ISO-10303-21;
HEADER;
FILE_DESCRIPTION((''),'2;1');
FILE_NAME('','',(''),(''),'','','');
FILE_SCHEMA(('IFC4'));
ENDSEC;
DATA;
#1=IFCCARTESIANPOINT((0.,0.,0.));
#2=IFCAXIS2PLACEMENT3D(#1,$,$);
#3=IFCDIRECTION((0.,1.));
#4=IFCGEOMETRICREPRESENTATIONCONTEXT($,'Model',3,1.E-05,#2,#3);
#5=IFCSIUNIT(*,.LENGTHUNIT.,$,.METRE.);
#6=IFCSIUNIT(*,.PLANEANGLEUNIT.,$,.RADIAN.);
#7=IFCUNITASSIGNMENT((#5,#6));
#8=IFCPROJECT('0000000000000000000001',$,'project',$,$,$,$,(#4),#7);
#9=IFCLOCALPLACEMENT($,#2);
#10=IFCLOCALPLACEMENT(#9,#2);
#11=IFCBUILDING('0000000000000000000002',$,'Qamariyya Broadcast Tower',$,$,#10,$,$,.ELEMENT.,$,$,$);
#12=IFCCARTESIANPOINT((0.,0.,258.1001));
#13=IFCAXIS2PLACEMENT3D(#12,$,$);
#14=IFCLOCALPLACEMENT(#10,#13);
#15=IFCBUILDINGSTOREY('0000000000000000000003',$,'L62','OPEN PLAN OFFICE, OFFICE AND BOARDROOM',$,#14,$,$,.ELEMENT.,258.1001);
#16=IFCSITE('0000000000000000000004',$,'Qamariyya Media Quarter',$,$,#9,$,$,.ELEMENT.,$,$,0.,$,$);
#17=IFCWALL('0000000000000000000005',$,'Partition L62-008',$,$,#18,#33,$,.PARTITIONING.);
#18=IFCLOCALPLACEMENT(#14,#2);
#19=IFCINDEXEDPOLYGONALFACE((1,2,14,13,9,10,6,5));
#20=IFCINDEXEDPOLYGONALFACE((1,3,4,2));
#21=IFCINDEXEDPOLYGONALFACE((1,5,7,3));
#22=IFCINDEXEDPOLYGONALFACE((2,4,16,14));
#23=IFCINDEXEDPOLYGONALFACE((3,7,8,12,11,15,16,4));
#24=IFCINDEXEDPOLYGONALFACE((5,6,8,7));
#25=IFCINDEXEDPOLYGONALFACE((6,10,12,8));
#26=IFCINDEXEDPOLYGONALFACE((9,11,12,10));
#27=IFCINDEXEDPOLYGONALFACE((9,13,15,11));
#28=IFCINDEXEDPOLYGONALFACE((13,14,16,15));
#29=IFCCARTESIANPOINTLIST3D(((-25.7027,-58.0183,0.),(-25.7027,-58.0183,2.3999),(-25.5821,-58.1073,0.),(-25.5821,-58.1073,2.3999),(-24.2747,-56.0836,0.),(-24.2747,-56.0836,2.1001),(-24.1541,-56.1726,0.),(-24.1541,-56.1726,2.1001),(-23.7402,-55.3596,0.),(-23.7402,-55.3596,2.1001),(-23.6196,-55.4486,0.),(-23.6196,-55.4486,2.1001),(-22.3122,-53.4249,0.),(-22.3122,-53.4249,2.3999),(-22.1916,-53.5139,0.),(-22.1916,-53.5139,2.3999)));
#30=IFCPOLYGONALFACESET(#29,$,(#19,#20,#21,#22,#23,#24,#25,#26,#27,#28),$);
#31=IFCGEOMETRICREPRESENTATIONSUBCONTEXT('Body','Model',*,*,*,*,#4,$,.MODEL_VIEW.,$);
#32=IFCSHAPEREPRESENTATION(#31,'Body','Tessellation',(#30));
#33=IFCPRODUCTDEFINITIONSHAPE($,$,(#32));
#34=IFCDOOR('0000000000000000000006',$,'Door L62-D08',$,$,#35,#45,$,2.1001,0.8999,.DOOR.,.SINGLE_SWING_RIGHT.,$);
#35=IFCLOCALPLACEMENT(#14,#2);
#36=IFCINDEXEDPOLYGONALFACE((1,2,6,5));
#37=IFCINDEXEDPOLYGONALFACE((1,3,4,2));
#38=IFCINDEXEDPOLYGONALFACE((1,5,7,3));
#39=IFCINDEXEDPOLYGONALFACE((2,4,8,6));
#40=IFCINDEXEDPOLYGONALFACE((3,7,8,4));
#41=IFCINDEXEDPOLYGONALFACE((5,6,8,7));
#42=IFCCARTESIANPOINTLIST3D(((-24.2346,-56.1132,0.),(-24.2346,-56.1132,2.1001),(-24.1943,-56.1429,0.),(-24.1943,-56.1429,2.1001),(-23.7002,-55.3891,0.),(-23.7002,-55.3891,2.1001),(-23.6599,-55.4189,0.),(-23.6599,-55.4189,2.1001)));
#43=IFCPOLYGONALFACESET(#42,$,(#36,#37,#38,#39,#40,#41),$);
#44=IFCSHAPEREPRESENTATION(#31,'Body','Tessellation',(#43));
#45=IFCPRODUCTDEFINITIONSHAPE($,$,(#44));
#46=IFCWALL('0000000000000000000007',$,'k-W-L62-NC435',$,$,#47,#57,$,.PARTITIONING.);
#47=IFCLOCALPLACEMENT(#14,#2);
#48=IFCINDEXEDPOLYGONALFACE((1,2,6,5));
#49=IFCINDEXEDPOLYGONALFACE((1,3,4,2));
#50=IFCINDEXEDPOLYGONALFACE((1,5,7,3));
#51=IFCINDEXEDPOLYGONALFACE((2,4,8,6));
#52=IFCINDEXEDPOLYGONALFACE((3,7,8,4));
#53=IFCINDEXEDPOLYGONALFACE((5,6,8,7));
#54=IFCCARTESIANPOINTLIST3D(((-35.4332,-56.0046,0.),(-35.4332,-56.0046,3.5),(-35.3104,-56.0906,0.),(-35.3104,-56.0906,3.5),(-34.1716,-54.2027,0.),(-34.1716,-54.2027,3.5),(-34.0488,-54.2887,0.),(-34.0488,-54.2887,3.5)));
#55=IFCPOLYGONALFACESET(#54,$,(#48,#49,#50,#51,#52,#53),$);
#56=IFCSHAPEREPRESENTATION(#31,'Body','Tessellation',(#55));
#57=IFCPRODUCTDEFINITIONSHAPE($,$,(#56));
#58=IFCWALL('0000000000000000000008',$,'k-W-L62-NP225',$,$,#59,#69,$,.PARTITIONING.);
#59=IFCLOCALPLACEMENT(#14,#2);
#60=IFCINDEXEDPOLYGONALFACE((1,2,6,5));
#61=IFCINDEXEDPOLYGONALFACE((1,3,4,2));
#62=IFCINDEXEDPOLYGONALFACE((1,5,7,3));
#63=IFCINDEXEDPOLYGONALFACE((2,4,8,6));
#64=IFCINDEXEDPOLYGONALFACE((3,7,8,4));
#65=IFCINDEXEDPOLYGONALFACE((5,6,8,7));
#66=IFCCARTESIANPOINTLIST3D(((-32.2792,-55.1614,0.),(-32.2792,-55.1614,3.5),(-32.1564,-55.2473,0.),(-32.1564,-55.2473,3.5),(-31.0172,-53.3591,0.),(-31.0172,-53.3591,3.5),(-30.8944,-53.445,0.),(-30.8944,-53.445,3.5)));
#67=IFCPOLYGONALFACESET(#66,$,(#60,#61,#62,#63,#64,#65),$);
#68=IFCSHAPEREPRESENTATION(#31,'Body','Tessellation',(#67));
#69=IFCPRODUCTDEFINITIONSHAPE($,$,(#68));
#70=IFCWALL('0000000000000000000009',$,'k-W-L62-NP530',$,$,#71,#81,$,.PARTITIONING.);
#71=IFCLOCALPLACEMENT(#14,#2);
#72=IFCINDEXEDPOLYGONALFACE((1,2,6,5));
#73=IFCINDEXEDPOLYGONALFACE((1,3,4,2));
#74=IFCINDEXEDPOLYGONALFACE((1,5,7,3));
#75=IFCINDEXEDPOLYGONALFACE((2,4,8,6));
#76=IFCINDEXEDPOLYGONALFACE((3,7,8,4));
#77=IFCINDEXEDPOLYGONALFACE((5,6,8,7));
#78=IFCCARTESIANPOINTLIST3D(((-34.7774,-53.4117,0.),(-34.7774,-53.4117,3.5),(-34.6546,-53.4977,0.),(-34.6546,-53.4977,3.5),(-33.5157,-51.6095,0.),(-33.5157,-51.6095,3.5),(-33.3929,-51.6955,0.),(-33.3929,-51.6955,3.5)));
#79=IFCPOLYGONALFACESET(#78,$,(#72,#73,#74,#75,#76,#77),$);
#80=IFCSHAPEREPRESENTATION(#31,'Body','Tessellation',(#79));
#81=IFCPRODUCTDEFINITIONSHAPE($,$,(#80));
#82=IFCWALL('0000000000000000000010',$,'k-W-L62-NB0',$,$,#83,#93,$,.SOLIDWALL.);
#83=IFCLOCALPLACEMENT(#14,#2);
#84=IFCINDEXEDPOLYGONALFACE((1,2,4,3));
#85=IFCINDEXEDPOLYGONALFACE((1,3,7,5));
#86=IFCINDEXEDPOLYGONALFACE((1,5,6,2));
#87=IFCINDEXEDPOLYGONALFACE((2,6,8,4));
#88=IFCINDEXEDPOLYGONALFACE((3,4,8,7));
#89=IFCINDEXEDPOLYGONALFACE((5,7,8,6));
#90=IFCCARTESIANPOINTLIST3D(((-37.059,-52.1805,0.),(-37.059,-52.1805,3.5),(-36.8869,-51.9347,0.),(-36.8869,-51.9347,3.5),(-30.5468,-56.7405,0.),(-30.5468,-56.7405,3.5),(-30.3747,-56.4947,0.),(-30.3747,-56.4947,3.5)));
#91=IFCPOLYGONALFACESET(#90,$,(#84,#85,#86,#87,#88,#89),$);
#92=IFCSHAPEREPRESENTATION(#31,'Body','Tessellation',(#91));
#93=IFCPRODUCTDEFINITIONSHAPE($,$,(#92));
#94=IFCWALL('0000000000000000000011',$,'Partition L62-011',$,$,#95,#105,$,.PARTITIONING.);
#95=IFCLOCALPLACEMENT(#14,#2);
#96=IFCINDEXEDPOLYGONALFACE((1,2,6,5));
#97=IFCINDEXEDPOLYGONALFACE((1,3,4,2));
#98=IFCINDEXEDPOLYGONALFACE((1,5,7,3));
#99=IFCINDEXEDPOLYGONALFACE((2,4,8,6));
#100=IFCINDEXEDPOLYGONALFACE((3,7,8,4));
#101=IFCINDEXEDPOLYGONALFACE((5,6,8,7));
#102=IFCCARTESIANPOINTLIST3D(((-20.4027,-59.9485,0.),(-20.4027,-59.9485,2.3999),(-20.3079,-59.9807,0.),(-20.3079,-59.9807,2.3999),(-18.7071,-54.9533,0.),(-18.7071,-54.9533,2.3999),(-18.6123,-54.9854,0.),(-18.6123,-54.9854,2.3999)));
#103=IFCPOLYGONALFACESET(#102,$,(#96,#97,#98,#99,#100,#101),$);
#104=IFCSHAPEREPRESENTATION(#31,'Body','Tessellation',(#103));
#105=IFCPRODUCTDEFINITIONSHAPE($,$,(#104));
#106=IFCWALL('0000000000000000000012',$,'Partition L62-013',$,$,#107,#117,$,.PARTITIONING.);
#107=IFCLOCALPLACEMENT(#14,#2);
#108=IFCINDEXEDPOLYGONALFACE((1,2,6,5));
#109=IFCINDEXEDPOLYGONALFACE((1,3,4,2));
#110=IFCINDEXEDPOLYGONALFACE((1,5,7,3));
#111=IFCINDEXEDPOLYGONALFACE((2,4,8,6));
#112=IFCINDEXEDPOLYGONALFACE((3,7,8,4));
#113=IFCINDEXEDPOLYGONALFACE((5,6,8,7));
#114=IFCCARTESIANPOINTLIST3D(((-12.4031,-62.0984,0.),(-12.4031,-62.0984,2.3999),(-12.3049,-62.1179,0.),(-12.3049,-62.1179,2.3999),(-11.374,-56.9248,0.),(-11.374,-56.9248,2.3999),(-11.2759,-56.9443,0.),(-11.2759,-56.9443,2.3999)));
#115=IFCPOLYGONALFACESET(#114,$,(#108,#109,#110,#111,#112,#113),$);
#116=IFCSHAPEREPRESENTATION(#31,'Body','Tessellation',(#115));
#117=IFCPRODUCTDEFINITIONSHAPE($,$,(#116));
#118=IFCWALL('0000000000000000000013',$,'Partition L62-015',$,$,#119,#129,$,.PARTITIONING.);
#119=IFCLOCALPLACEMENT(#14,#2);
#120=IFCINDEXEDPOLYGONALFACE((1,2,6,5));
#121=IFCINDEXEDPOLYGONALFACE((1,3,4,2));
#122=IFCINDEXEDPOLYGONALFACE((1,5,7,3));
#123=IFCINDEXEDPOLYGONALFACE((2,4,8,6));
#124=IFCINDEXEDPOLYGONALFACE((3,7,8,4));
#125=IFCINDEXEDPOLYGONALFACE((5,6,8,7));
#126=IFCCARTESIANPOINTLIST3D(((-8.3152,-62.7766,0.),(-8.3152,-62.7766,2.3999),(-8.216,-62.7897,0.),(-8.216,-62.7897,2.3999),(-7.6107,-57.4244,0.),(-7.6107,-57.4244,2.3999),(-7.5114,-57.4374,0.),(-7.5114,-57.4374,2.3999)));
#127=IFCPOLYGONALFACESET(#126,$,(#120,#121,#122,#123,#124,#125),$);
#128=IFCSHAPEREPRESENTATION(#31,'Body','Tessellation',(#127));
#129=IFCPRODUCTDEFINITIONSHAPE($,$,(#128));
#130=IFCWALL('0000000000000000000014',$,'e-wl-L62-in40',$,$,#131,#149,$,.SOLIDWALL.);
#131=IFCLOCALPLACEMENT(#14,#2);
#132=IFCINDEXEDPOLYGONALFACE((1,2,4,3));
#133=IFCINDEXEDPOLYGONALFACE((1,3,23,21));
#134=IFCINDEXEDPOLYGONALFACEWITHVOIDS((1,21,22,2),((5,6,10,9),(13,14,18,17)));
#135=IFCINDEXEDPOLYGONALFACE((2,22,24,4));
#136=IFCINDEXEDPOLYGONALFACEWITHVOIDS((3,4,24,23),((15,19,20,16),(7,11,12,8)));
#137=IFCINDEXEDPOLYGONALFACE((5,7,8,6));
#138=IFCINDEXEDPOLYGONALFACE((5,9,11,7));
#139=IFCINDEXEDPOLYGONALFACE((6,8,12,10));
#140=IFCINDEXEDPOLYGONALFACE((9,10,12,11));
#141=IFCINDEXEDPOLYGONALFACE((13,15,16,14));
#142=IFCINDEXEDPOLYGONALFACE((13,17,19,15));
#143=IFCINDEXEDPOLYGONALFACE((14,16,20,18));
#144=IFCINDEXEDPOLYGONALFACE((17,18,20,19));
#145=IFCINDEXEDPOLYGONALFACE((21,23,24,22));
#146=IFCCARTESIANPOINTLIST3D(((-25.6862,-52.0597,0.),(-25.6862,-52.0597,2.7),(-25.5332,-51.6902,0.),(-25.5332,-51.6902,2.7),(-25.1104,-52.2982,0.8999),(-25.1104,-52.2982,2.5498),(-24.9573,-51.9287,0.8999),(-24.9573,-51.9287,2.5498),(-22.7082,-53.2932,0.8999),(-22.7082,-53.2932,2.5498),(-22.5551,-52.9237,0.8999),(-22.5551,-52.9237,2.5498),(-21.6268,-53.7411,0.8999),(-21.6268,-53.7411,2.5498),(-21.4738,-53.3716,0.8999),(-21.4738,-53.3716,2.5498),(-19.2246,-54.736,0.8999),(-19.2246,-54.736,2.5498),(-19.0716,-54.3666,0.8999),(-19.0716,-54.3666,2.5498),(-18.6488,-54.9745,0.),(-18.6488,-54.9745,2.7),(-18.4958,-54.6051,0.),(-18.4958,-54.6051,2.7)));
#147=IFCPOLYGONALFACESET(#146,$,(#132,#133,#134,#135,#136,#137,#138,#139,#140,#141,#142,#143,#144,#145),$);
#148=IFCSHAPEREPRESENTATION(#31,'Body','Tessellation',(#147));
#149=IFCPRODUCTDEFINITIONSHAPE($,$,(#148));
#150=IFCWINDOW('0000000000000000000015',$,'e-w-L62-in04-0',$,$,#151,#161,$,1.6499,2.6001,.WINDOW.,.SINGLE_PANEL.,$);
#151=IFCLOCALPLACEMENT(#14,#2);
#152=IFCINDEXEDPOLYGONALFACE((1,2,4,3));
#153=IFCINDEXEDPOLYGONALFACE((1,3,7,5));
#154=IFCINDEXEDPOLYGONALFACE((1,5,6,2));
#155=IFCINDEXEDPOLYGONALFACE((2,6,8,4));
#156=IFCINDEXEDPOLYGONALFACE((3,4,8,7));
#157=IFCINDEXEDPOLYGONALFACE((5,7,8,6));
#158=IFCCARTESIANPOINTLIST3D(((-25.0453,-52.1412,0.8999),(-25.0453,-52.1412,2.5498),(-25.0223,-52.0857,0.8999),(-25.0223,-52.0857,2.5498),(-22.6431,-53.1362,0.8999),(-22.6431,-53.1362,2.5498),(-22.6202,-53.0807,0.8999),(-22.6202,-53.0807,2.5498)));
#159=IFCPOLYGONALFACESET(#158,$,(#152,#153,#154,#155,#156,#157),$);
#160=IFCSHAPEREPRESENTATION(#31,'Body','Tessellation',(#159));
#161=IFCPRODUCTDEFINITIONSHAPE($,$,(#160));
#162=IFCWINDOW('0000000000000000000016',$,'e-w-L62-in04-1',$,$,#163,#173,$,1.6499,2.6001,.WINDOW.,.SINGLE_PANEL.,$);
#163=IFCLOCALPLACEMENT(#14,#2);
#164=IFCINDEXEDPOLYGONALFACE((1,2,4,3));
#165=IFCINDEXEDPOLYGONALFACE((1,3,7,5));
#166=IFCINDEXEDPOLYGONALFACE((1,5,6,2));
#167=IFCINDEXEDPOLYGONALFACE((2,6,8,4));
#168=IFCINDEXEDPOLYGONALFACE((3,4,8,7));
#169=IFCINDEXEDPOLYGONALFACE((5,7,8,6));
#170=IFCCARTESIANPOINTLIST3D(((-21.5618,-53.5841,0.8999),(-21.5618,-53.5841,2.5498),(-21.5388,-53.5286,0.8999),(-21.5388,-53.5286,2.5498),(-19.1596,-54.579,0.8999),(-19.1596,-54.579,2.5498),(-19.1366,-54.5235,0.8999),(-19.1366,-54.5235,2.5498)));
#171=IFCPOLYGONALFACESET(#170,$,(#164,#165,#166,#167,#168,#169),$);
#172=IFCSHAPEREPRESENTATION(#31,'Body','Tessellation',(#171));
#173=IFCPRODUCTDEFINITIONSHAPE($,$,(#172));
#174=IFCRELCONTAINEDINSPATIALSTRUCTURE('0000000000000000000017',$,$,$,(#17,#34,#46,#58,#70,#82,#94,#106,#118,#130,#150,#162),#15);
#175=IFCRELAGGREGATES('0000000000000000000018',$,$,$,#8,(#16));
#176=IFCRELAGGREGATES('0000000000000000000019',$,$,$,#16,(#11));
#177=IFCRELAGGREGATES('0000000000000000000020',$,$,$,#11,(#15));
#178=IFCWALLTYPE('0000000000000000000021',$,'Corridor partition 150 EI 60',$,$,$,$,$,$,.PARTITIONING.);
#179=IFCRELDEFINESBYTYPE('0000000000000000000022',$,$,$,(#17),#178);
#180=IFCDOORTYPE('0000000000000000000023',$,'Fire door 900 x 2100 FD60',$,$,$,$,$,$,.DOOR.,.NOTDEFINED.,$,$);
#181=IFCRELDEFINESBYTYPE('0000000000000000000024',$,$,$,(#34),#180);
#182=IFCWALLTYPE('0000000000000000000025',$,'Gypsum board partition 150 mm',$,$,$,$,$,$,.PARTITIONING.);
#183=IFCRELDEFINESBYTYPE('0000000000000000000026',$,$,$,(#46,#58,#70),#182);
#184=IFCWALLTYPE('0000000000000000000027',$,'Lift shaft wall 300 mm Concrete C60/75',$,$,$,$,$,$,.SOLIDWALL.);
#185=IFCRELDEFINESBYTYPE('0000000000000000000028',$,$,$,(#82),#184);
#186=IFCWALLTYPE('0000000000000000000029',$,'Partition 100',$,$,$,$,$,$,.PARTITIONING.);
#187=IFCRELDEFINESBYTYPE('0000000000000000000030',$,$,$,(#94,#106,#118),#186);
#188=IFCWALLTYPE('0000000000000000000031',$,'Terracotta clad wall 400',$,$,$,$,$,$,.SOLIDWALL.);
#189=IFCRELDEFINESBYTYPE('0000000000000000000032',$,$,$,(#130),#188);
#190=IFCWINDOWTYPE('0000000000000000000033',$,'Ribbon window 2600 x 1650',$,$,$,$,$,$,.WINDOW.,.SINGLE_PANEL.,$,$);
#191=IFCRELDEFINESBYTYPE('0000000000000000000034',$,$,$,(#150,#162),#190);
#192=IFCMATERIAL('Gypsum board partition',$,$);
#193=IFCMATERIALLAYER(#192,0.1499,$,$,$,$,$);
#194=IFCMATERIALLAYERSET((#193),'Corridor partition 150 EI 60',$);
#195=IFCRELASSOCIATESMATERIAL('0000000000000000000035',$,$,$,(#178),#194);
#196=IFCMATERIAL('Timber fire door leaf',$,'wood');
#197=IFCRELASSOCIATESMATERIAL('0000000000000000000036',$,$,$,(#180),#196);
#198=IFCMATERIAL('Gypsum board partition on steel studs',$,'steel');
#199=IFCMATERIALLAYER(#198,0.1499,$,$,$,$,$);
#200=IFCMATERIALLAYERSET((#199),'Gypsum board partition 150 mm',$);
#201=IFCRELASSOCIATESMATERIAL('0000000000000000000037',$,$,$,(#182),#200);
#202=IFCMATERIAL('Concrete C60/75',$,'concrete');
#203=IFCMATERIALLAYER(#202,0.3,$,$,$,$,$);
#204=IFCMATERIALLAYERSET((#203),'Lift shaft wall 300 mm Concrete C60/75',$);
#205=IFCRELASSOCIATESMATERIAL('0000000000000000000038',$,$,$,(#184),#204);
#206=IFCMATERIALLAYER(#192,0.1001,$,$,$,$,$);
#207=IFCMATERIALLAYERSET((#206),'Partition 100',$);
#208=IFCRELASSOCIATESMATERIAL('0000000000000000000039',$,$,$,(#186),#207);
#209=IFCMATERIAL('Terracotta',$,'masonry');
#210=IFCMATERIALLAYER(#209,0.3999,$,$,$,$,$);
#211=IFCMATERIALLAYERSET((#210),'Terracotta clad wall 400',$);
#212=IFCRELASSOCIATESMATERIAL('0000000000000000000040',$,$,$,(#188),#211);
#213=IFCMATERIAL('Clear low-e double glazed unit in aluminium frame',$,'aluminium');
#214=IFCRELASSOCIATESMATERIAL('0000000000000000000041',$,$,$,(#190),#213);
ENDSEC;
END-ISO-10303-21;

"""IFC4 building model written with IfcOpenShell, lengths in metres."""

from ifc_helpers import new_model, si_unit, direction, frame, frame_2d, origin, place, context, subcontext, project, spatial, rectangle, extrude, material, layer, layer_set, type_object, element, fill, save


model = new_model("IFC4")

# Units and contexts
model_context = context("Model", 3, precision=1e-05, world=origin(), true_north=direction((0.0, 1.0)))
body_context = subcontext(model_context, "Body", "Model", "MODEL_VIEW")
ifc_project = project(units=[si_unit("LENGTHUNIT", "METRE"), si_unit("PLANEANGLEUNIT", "RADIAN")], contexts=[model_context])

# Site, building, storey
site_placement = place(None, origin())
site = spatial("IfcSite", under=ifc_project, at=site_placement, Name="Qamariyya Media Quarter", CompositionType="ELEMENT", RefElevation=0.0)
building_placement = place(site_placement, origin())
building = spatial("IfcBuilding", under=site, at=building_placement, Name="Qamariyya Broadcast Tower", CompositionType="ELEMENT")
storey_placement = place(building_placement, frame((0.0, 0.0, 258.1001)))
storey = spatial("IfcBuildingStorey", under=building, at=storey_placement, Name="L62", Description="OPEN PLAN OFFICE, OFFICE AND BOARDROOM", CompositionType="ELEMENT", Elevation=258.1001)

# Shared definitions
ifc_material_1 = material(Name="Concrete C60/75", Category="concrete")

# Wall, opening, door
ifc_material_2 = material(Name="Gypsum board partition")
ifc_layer_1 = layer(ifc_material_2, 0.1499)
ifc_layer_set_1 = layer_set([ifc_layer_1], Name="Corridor partition 150 EI 60")
wall_type_1 = type_object("IfcWallType", Name="Corridor partition 150 EI 60", PredefinedType="PARTITIONING", material=ifc_layer_set_1)
wall_1_placement = place(storey_placement, frame((-22.252, -53.4695, 0.0), z_axis=(0.0, 0.0, 1.0), x_axis=(-0.593873, -0.804559, 0.0)))
wall_1 = element("IfcWall", 1, at=wall_1_placement, inside=storey, type_object=wall_type_1, Name="Partition L62-008", PredefinedType="PARTITIONING", context=body_context, shape_type="SweptSolid", body=[
    extrude(rectangle(XDim=5.7092, YDim=0.1499, at=frame_2d((2.8545, 0.0))), origin(), (0.0, 0.0, 1.0), 2.3999),
])
opening_1_placement = place(wall_1_placement, frame((2.4045, 0.0, 0.0)))
opening_1 = element("IfcOpeningElement", 2, at=opening_1_placement, cuts=wall_1, PredefinedType="OPENING", context=body_context, shape_type="SweptSolid", body=[
    extrude(rectangle(XDim=0.8999, YDim=2.1001, at=frame_2d((0.45, 1.05))), frame((0.0, 0.085, 0.0), z_axis=(0.0, -1.0, 0.0), x_axis=(1.0, 0.0, 0.0)), (0.0, 0.0, 1.0), 0.1699),
])
ifc_material_3 = material(Name="Timber fire door leaf", Category="wood")
door_type_1 = type_object("IfcDoorType", Name="Fire door 900 x 2100 FD60", OperationType="NOTDEFINED", PredefinedType="DOOR", material=ifc_material_3)
door_1_placement = place(opening_1_placement, origin())
door_1 = element("IfcDoor", 3, at=door_1_placement, inside=storey, type_object=door_type_1, Name="Door L62-D08", OperationType="SINGLE_SWING_RIGHT", OverallHeight=2.1001, OverallWidth=0.8999, PredefinedType="DOOR", context=body_context, shape_type="SweptSolid", body=[
    extrude(rectangle(XDim=0.8999, YDim=2.1001, at=frame_2d((0.45, 1.05))), frame((0.0, 0.0249, 0.0), z_axis=(0.0, -1.0, 0.0), x_axis=(1.0, 0.0, 0.0)), (0.0, 0.0, 1.0), 0.05),
])
fill(opening_1, door_1)

# Walls
ifc_material_4 = material(Name="Gypsum board partition on steel studs", Category="steel")
ifc_layer_2 = layer(ifc_material_4, 0.1499)
ifc_layer_set_2 = layer_set([ifc_layer_2], Name="Gypsum board partition 150 mm")
wall_type_2 = type_object("IfcWallType", Name="Gypsum board partition 150 mm", PredefinedType="PARTITIONING", material=ifc_layer_set_2)
wall_2_placement = place(storey_placement, frame((-35.3718, -56.0476, 0.0), z_axis=(0.0, 0.0, 1.0), x_axis=(0.573559, 0.819164, 0.0)))
element("IfcWall", 4, at=wall_2_placement, inside=storey, type_object=wall_type_2, Name="k-W-L62-NC435", PredefinedType="PARTITIONING", context=body_context, shape_type="SweptSolid", body=[
    extrude(rectangle(XDim=2.1997, YDim=0.1499, at=frame_2d((1.0999, 0.0))), origin(), (0.0, 0.0, 1.0), 3.5),
])
wall_3_placement = place(storey_placement, frame((-32.2178, -55.2043, 0.0), z_axis=(0.0, 0.0, 1.0), x_axis=(0.573581, 0.819149, 0.0)))
element("IfcWall", 5, at=wall_3_placement, inside=storey, type_object=wall_type_2, Name="k-W-L62-NP225", PredefinedType="PARTITIONING", context=body_context, shape_type="SweptSolid", body=[
    extrude(rectangle(XDim=2.2002, YDim=0.1499, at=frame_2d((1.1001, 0.0))), origin(), (0.0, 0.0, 1.0), 3.5),
])
wall_4_placement = place(storey_placement, frame((-34.7161, -53.4548, 0.0), z_axis=(0.0, 0.0, 1.0), x_axis=(0.573507, 0.819201, 0.0)))
element("IfcWall", 6, at=wall_4_placement, inside=storey, type_object=wall_type_2, Name="k-W-L62-NP530", PredefinedType="PARTITIONING", context=body_context, shape_type="SweptSolid", body=[
    extrude(rectangle(XDim=2.2, YDim=0.1499, at=frame_2d((1.1001, 0.0))), origin(), (0.0, 0.0, 1.0), 3.5),
])
ifc_layer_3 = layer(ifc_material_1, 0.3)
ifc_layer_set_3 = layer_set([ifc_layer_3], Name="Lift shaft wall 300 mm Concrete C60/75")
wall_type_3 = type_object("IfcWallType", Name="Lift shaft wall 300 mm Concrete C60/75", PredefinedType="SOLIDWALL", material=ifc_layer_set_3)
wall_5_placement = place(storey_placement, frame((-30.4607, -56.6177, 0.0), z_axis=(0.0, 0.0, 1.0), x_axis=(-0.819142, 0.57359, 0.0)))
element("IfcWall", 7, at=wall_5_placement, inside=storey, type_object=wall_type_3, Name="k-W-L62-NB0", PredefinedType="SOLIDWALL", context=body_context, shape_type="SweptSolid", body=[
    extrude(rectangle(XDim=7.95, YDim=0.3, at=frame_2d((3.9751, 0.0))), origin(), (0.0, 0.0, 1.0), 3.5),
])
ifc_layer_4 = layer(ifc_material_2, 0.1001)
ifc_layer_set_4 = layer_set([ifc_layer_4], Name="Partition 100")
wall_type_4 = type_object("IfcWallType", Name="Partition 100", PredefinedType="PARTITIONING", material=ifc_layer_set_4)
wall_6_placement = place(storey_placement, frame((-18.6597, -54.9692, 0.0), z_axis=(0.0, 0.0, 1.0), x_axis=(-0.32143, -0.946933, 0.0)))
element("IfcWall", 8, at=wall_6_placement, inside=storey, type_object=wall_type_4, Name="Partition L62-011", PredefinedType="PARTITIONING", context=body_context, shape_type="SweptSolid", body=[
    extrude(rectangle(XDim=5.2751, YDim=0.1001, at=frame_2d((2.6377, 0.0))), origin(), (0.0, 0.0, 1.0), 2.3999),
])
wall_7_placement = place(storey_placement, frame((-11.325, -56.9346, 0.0), z_axis=(0.0, 0.0, 1.0), x_axis=(-0.195084, -0.980787, 0.0)))
element("IfcWall", 9, at=wall_7_placement, inside=storey, type_object=wall_type_4, Name="Partition L62-013", PredefinedType="PARTITIONING", context=body_context, shape_type="SweptSolid", body=[
    extrude(rectangle(XDim=5.2749, YDim=0.1001, at=frame_2d((2.6375, 0.0))), origin(), (0.0, 0.0, 1.0), 2.3999),
])
wall_8_placement = place(storey_placement, frame((-7.561, -57.4309, 0.0), z_axis=(0.0, 0.0, 1.0), x_axis=(-0.130517, -0.991446, 0.0)))
element("IfcWall", 10, at=wall_8_placement, inside=storey, type_object=wall_type_4, Name="Partition L62-015", PredefinedType="PARTITIONING", context=body_context, shape_type="SweptSolid", body=[
    extrude(rectangle(XDim=5.3984, YDim=0.1001, at=frame_2d((2.6992, 0.0))), origin(), (0.0, 0.0, 1.0), 2.3999),
])

# Wall, openings, windows
ifc_material_5 = material(Name="Terracotta", Category="masonry")
ifc_layer_5 = layer(ifc_material_5, 0.3999)
ifc_layer_set_5 = layer_set([ifc_layer_5], Name="Terracotta clad wall 400")
wall_type_5 = type_object("IfcWallType", Name="Terracotta clad wall 400", PredefinedType="SOLIDWALL", material=ifc_layer_set_5)
wall_9_placement = place(storey_placement, frame((-18.5723, -54.7898, 0.0), z_axis=(0.0, 0.0, 1.0), x_axis=(-0.923888, 0.382664, 0.0)))
wall_9 = element("IfcWall", 11, at=wall_9_placement, inside=storey, type_object=wall_type_5, Name="e-wl-L62-in40", PredefinedType="SOLIDWALL", context=body_context, shape_type="SweptSolid", body=[
    extrude(rectangle(XDim=7.6172, YDim=0.3999, at=frame_2d((3.8086, 0.0))), origin(), (0.0, 0.0, 1.0), 2.7),
])
opening_2_placement = place(wall_9_placement, frame((4.3938, 0.0, 0.8999)))
opening_2 = element("IfcOpeningElement", 12, at=opening_2_placement, cuts=wall_9, PredefinedType="OPENING", context=body_context, shape_type="SweptSolid", body=[
    extrude(rectangle(XDim=2.6001, YDim=1.6499, at=frame_2d((1.3, 0.825))), frame((0.0, 0.21, 0.0), z_axis=(0.0, -1.0, 0.0), x_axis=(1.0, 0.0, 0.0)), (0.0, 0.0, 1.0), 0.4199),
])
opening_3_placement = place(wall_9_placement, frame((0.6233, 0.0, 0.8999)))
opening_3 = element("IfcOpeningElement", 13, at=opening_3_placement, cuts=wall_9, PredefinedType="OPENING", context=body_context, shape_type="SweptSolid", body=[
    extrude(rectangle(XDim=2.6001, YDim=1.6499, at=frame_2d((1.3, 0.825))), frame((0.0, 0.21, 0.0), z_axis=(0.0, -1.0, 0.0), x_axis=(1.0, 0.0, 0.0)), (0.0, 0.0, 1.0), 0.4199),
])
ifc_material_6 = material(Name="Clear low-e double glazed unit in aluminium frame", Category="aluminium")
window_type = type_object("IfcWindowType", Name="Ribbon window 2600 x 1650", PartitioningType="SINGLE_PANEL", PredefinedType="WINDOW", material=ifc_material_6)
window_1_placement = place(opening_2_placement, origin())
window_1 = element("IfcWindow", 14, at=window_1_placement, inside=storey, type_object=window_type, Name="e-w-L62-in04-0", OverallHeight=1.6499, OverallWidth=2.6001, PartitioningType="SINGLE_PANEL", PredefinedType="WINDOW", context=body_context, shape_type="SweptSolid", body=[
    extrude(rectangle(XDim=2.6001, YDim=1.6499, at=frame_2d((1.3, 0.825))), frame((0.0, 0.03, 0.0), z_axis=(0.0, -1.0, 0.0), x_axis=(1.0, 0.0, 0.0)), (0.0, 0.0, 1.0), 0.0601),
])
fill(opening_2, window_1)
window_2_placement = place(opening_3_placement, origin())
window_2 = element("IfcWindow", 15, at=window_2_placement, inside=storey, type_object=window_type, Name="e-w-L62-in04-1", OverallHeight=1.6499, OverallWidth=2.6001, PartitioningType="SINGLE_PANEL", PredefinedType="WINDOW", context=body_context, shape_type="SweptSolid", body=[
    extrude(rectangle(XDim=2.6001, YDim=1.6499, at=frame_2d((1.3, 0.825))), frame((0.0, 0.03, 0.0), z_axis=(0.0, -1.0, 0.0), x_axis=(1.0, 0.0, 0.0)), (0.0, 0.0, 1.0), 0.0601),
])
fill(opening_3, window_2)

save(model, "model.ifc")
